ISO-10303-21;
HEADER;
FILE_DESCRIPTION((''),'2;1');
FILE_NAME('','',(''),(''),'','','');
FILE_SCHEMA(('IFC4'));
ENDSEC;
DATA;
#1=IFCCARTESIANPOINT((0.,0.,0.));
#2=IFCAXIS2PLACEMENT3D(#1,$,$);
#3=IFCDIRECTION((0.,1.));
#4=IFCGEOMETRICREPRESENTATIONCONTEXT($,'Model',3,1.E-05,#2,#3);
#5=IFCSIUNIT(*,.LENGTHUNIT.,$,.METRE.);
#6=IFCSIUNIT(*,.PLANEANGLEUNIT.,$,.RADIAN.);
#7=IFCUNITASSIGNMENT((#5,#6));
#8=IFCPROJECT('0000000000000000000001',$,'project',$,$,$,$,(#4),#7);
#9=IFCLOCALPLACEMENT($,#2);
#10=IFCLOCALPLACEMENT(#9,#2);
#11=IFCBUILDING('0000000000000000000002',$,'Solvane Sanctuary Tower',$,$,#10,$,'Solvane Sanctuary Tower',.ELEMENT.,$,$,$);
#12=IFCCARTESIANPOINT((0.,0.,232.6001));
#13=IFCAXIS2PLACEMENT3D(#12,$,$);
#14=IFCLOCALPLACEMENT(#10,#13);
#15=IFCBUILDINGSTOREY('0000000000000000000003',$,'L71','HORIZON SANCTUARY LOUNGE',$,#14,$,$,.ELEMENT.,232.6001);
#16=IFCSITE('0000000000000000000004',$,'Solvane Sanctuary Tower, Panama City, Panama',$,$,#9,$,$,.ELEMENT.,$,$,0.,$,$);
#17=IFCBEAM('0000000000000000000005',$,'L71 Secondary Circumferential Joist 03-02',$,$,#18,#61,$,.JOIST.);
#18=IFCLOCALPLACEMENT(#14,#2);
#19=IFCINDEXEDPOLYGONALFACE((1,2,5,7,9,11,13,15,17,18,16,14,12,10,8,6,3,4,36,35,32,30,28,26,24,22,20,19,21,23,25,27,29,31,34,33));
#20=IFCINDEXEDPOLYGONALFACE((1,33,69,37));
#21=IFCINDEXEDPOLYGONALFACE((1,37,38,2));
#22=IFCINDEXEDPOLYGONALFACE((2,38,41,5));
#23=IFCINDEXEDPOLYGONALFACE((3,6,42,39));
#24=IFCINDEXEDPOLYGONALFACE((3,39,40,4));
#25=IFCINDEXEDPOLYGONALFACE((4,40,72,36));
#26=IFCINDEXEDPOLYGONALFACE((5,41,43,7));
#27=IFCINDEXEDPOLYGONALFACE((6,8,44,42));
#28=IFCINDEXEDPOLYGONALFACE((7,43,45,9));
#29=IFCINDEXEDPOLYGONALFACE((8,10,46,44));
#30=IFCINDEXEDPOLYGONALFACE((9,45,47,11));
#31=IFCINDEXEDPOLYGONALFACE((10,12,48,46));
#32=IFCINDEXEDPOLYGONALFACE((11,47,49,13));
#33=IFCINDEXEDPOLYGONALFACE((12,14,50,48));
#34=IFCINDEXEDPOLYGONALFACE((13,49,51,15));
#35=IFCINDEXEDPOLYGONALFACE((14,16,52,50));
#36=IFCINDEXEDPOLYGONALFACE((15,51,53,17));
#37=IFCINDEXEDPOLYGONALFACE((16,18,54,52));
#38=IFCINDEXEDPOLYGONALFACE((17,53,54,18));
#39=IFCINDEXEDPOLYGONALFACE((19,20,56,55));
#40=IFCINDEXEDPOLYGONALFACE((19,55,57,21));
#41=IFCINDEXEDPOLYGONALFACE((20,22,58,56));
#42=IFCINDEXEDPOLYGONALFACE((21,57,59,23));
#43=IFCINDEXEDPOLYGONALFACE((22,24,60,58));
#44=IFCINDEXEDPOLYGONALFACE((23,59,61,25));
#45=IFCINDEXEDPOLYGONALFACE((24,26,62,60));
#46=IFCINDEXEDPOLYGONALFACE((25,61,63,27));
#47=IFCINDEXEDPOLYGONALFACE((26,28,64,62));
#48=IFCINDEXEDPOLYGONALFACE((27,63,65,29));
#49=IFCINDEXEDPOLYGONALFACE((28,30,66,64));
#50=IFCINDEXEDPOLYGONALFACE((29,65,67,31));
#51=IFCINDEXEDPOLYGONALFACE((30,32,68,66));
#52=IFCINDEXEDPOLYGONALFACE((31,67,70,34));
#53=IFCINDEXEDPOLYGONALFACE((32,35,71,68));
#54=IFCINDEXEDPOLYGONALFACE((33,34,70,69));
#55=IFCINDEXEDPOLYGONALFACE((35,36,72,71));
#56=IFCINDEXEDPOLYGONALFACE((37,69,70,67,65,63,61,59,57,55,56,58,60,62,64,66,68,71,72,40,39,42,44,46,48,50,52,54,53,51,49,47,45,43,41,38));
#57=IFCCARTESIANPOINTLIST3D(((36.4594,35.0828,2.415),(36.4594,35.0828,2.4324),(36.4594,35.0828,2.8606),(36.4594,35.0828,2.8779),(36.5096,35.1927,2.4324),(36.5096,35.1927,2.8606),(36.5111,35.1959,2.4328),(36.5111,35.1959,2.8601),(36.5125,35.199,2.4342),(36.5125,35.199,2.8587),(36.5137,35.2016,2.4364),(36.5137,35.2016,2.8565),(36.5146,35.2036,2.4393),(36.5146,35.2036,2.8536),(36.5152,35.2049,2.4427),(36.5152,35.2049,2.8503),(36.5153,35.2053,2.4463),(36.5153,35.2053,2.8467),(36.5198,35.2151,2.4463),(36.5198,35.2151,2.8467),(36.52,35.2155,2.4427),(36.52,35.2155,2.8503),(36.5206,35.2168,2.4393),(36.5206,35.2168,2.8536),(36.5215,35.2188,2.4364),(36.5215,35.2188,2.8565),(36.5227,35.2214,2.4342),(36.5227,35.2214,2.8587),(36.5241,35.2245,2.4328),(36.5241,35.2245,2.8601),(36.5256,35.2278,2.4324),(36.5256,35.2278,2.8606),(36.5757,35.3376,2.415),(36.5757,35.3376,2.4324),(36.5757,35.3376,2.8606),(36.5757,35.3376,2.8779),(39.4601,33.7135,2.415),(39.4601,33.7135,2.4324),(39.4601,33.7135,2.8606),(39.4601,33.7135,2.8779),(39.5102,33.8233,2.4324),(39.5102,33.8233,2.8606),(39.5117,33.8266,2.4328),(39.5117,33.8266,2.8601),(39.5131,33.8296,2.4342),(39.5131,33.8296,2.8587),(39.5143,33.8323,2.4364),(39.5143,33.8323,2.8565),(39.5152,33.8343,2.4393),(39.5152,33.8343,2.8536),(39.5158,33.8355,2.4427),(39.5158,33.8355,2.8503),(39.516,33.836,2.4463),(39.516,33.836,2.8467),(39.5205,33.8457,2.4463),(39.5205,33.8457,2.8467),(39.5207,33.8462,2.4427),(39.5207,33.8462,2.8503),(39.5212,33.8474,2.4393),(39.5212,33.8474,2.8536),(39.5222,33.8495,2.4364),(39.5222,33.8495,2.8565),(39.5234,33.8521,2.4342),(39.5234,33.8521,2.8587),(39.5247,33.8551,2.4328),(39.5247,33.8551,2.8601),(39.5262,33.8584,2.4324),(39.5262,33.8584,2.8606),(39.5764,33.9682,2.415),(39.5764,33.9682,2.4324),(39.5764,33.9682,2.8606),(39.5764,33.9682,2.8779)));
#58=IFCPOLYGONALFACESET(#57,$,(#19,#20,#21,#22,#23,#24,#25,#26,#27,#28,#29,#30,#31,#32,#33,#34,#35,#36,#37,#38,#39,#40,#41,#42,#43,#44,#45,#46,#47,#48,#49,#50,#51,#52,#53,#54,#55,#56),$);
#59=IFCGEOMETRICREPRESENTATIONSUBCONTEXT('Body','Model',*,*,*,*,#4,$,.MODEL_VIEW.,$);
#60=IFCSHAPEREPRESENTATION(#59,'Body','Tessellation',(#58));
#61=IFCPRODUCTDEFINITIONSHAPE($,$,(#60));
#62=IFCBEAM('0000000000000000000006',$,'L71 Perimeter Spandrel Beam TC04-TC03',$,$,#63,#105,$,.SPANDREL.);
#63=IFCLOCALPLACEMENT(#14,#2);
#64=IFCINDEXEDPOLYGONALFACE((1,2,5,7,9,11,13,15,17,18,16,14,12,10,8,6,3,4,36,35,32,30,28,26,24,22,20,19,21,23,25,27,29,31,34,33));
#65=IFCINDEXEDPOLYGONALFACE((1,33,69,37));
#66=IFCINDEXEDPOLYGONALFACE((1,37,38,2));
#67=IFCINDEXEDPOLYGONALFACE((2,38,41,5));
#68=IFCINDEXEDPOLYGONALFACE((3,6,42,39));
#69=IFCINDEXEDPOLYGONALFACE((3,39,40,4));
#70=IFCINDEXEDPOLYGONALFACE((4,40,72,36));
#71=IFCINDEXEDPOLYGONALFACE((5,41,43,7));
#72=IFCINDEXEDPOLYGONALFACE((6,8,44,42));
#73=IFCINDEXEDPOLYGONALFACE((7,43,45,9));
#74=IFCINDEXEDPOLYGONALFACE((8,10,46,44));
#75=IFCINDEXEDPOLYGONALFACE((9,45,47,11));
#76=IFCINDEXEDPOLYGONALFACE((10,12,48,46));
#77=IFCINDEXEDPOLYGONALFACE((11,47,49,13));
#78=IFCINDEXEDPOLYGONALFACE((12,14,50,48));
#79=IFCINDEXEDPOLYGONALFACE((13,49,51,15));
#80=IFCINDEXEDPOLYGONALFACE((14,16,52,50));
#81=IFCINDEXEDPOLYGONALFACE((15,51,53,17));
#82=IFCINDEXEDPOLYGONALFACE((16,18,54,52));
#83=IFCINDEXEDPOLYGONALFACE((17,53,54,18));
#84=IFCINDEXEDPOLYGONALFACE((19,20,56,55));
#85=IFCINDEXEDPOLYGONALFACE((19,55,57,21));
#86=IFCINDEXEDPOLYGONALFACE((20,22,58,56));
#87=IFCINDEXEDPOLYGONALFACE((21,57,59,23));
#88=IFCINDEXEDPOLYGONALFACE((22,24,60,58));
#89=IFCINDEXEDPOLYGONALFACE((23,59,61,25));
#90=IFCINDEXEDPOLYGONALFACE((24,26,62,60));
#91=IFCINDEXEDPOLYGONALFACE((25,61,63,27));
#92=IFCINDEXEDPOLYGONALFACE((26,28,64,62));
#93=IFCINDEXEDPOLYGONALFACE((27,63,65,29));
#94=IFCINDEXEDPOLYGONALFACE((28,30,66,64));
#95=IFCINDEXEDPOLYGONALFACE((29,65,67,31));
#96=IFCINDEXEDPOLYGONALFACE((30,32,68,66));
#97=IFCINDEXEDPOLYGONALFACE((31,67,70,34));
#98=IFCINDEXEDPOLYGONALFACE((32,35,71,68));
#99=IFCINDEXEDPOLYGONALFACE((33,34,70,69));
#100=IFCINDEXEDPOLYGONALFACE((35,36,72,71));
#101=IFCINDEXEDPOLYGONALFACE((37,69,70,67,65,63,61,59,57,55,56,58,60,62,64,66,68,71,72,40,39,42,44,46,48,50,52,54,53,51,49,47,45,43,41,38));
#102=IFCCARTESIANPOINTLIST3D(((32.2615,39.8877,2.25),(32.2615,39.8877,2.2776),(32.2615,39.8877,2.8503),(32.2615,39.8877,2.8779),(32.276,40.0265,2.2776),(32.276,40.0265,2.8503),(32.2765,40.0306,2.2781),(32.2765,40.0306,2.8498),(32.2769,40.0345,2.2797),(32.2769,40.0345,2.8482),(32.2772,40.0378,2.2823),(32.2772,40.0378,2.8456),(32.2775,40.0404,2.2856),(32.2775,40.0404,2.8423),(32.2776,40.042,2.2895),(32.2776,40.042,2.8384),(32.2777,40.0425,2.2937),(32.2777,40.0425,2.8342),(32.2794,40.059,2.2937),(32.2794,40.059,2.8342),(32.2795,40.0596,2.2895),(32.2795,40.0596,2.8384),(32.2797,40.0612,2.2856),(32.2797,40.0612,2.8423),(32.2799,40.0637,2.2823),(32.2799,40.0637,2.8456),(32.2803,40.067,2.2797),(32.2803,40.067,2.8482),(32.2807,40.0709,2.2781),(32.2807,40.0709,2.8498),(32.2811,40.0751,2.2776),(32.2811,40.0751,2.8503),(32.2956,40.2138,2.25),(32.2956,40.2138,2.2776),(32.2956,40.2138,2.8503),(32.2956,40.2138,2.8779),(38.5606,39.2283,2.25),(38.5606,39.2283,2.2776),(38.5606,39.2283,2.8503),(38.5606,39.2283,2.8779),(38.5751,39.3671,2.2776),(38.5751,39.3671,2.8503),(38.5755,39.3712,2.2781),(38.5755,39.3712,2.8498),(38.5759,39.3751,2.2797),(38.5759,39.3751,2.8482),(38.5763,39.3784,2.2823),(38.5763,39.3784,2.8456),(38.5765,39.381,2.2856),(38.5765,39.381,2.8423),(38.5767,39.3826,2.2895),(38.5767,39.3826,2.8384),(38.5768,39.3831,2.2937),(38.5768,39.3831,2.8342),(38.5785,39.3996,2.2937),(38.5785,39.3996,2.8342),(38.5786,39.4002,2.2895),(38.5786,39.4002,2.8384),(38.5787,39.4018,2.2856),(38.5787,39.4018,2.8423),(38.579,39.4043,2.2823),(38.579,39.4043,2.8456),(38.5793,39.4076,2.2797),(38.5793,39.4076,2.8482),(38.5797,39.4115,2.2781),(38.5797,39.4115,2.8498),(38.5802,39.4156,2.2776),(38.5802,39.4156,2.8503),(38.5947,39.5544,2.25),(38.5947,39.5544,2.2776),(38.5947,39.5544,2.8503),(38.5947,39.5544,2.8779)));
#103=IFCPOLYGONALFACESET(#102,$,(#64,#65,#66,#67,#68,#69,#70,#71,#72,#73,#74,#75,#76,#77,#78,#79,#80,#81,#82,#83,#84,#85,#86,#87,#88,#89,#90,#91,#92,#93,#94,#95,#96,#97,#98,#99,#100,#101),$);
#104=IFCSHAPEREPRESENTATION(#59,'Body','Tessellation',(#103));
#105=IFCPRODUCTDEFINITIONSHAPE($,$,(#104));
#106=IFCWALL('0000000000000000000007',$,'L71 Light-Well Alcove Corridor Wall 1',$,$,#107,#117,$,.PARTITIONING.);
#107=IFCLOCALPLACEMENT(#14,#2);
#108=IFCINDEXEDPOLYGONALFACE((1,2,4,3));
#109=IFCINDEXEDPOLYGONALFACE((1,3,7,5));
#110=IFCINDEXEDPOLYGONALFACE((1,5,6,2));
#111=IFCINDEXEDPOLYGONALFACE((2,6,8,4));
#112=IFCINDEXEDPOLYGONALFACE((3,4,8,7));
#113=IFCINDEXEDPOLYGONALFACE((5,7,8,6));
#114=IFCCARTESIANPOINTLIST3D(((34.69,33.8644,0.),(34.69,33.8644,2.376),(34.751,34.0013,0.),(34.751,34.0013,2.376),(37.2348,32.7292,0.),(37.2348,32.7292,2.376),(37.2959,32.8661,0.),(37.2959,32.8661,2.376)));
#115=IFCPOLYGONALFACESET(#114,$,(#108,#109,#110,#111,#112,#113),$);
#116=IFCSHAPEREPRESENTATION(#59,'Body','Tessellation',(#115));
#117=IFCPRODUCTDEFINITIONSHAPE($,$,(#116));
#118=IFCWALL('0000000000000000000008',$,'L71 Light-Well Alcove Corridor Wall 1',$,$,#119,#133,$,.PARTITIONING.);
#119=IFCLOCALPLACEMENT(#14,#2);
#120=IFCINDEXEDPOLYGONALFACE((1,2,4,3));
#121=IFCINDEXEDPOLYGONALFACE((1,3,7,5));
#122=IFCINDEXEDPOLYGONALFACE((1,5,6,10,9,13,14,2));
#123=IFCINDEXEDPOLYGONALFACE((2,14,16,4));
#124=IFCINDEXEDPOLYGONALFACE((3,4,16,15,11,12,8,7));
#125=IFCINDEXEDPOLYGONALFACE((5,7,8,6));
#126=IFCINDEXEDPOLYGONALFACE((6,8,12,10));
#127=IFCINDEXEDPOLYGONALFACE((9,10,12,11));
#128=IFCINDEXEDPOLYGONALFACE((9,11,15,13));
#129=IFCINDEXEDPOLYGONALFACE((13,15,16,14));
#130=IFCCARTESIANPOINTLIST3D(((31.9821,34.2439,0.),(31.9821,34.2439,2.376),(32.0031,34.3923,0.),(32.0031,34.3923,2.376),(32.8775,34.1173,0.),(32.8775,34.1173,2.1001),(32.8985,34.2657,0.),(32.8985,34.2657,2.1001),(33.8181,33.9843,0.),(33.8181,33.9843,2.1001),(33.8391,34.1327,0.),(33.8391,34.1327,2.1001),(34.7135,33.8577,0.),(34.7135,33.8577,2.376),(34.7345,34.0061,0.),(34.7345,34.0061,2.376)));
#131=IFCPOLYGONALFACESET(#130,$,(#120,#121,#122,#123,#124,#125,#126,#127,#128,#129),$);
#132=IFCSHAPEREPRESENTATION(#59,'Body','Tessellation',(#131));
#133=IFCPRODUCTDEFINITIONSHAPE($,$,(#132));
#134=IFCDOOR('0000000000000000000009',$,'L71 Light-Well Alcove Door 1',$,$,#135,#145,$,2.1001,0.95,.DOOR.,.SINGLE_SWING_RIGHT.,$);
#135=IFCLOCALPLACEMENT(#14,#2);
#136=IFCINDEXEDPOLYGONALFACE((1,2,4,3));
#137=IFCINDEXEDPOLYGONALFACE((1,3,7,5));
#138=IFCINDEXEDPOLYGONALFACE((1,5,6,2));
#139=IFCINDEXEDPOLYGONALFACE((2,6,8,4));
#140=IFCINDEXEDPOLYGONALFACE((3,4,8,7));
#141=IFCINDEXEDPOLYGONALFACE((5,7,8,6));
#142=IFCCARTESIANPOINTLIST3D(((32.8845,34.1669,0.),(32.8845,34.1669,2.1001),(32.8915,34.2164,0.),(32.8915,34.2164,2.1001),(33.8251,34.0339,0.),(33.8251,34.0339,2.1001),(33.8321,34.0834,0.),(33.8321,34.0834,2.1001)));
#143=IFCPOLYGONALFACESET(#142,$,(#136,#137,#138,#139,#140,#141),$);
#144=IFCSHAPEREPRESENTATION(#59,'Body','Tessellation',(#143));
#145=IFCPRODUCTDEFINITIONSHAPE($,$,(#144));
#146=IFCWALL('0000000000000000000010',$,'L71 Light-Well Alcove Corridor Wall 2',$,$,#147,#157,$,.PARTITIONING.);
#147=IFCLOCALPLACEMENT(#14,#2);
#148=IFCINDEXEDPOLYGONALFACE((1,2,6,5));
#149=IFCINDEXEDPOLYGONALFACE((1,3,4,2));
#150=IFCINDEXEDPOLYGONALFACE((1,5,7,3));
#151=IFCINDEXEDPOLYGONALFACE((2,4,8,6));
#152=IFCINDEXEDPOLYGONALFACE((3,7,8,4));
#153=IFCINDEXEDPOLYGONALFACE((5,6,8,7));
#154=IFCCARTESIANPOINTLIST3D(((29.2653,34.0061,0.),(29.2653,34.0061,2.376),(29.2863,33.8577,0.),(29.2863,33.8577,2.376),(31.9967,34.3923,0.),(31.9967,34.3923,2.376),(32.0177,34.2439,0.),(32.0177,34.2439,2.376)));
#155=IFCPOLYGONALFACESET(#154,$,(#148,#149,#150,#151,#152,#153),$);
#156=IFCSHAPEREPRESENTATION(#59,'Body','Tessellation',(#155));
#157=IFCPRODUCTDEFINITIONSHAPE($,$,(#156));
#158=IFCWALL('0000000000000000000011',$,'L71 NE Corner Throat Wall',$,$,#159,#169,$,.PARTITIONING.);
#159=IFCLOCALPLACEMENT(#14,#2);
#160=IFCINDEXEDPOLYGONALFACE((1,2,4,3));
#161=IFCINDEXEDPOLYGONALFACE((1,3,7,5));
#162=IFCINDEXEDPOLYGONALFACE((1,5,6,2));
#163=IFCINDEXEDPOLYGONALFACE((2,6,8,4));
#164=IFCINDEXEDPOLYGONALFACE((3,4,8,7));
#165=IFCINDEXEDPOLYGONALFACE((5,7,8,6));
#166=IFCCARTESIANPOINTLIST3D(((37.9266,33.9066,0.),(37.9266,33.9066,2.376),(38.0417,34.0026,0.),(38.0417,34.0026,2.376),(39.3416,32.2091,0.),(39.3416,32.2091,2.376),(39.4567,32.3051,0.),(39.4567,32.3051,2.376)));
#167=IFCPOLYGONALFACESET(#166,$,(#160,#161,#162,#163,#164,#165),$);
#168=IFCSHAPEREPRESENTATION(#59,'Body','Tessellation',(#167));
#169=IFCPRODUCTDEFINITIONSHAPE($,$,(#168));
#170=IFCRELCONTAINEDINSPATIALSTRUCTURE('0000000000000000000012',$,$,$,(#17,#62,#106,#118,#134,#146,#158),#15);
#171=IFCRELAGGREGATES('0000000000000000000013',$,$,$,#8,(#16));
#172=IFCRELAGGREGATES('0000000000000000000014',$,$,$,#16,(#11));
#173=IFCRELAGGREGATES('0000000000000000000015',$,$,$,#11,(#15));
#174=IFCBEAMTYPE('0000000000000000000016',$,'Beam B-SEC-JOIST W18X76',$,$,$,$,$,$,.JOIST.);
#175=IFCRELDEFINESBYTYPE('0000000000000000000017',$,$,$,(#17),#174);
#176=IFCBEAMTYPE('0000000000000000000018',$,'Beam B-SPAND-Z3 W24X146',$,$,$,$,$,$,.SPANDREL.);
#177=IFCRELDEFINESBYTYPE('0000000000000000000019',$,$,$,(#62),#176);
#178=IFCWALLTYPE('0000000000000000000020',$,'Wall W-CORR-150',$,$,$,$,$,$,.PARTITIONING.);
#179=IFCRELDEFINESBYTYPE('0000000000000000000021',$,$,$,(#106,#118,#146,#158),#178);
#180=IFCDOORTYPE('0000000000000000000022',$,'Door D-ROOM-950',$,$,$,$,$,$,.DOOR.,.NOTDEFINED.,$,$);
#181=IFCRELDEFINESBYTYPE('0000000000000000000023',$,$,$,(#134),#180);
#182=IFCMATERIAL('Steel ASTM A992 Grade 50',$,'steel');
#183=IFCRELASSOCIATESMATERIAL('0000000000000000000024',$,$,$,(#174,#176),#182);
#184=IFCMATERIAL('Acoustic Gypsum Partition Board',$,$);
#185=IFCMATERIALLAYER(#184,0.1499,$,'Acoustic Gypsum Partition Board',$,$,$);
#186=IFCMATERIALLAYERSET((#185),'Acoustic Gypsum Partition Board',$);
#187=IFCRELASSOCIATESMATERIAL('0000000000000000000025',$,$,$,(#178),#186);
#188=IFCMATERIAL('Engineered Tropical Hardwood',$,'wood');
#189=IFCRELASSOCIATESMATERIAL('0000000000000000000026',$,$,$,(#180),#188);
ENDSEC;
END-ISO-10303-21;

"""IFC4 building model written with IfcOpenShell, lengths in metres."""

from ifc_helpers import new_model, si_unit, direction, frame, frame_2d, origin, origin_2d, place, context, subcontext, project, spatial, rectangle, i_section, extrude, material, layer, layer_set, material_profile, profile_set, type_object, element, fill, save


model = new_model("IFC4")

# Units and contexts
model_context = context("Model", 3, precision=1e-05, world=origin(), true_north=direction((0.0, 1.0)))
body_context = subcontext(model_context, "Body", "Model", "MODEL_VIEW")
ifc_project = project(units=[si_unit("LENGTHUNIT", "METRE"), si_unit("PLANEANGLEUNIT", "RADIAN")], contexts=[model_context])

# Site, building, storey
site_placement = place(None, origin())
site = spatial("IfcSite", under=ifc_project, at=site_placement, Name="Solvane Sanctuary Tower, Panama City, Panama", CompositionType="ELEMENT", RefElevation=0.0)
building_placement = place(site_placement, origin())
building = spatial("IfcBuilding", under=site, at=building_placement, Name="Solvane Sanctuary Tower", LongName="Solvane Sanctuary Tower", CompositionType="ELEMENT")
storey_placement = place(building_placement, frame((0.0, 0.0, 232.6001)))
storey = spatial("IfcBuildingStorey", under=building, at=storey_placement, Name="L71", Description="HORIZON SANCTUARY LOUNGE", CompositionType="ELEMENT", Elevation=232.6001)

# Beams
ifc_material_1 = material(Name="Steel ASTM A992 Grade 50", Category="steel")
ifc_material_profile_1 = material_profile(ifc_material_1, i_section(OverallWidth=0.28, OverallDepth=0.4629, WebThickness=0.0107, FlangeThickness=0.0173, FilletRadius=0.0139, at=origin_2d()), Name="W18X76")
ifc_profile_set_1 = profile_set([ifc_material_profile_1], Name="Steel ASTM A992 Grade 50")
beam_type_1 = type_object("IfcBeamType", Name="Beam B-SEC-JOIST W18X76", PredefinedType="JOIST", material=ifc_profile_set_1)
beam_1_placement = place(storey_placement, frame((36.5176, 35.2102, 2.6465), z_axis=(0.909747, -0.415163, 0.0), x_axis=(0.415163, 0.909747, 0.0)))
element("IfcBeam", 1, at=beam_1_placement, inside=storey, type_object=beam_type_1, Name="L71 Secondary Circumferential Joist 03-02", PredefinedType="JOIST", context=body_context, shape_type="SweptSolid", body=[
    extrude(i_section(OverallWidth=0.28, OverallDepth=0.4629, WebThickness=0.0107, FlangeThickness=0.0173, FilletRadius=0.0139, at=origin_2d()), origin(), (0.0, 0.0, 1.0), 3.2983),
])
ifc_material_profile_2 = material_profile(ifc_material_1, i_section(OverallWidth=0.3279, OverallDepth=0.6279, WebThickness=0.0166, FlangeThickness=0.0276, FilletRadius=0.0161, at=origin_2d()), Name="W24X146")
ifc_profile_set_2 = profile_set([ifc_material_profile_2], Name="Steel ASTM A992 Grade 50")
beam_type_2 = type_object("IfcBeamType", Name="Beam B-SPAND-Z3 W24X146", PredefinedType="SPANDREL", material=ifc_profile_set_2)
beam_2_placement = place(storey_placement, frame((32.2786, 40.0508, 2.564), z_axis=(0.994565, -0.104117, 0.0), x_axis=(0.104117, 0.994565, 0.0)))
element("IfcBeam", 2, at=beam_2_placement, inside=storey, type_object=beam_type_2, Name="L71 Perimeter Spandrel Beam TC04-TC03", PredefinedType="SPANDREL", context=body_context, shape_type="SweptSolid", body=[
    extrude(i_section(OverallWidth=0.3279, OverallDepth=0.6279, WebThickness=0.0166, FlangeThickness=0.0276, FilletRadius=0.0161, at=origin_2d()), origin(), (0.0, 0.0, 1.0), 6.3335),
])

# Wall
ifc_material_2 = material(Name="Acoustic Gypsum Partition Board")
ifc_layer_1 = layer(ifc_material_2, 0.1499, Name="Acoustic Gypsum Partition Board")
ifc_layer_set_1 = layer_set([ifc_layer_1], Name="Acoustic Gypsum Partition Board")
wall_type_1 = type_object("IfcWallType", Name="Wall W-CORR-150", PredefinedType="PARTITIONING", material=ifc_layer_set_1)
wall_1_placement = place(storey_placement, frame((37.2654, 32.7976, 0.0), z_axis=(0.0, 0.0, 1.0), x_axis=(-0.913254, 0.40739, 0.0)))
element("IfcWall", 3, at=wall_1_placement, inside=storey, type_object=wall_type_1, Name="L71 Light-Well Alcove Corridor Wall 1", PredefinedType="PARTITIONING", context=body_context, shape_type="SweptSolid", body=[
    extrude(rectangle(XDim=2.7866, YDim=0.1499, at=frame_2d((1.3933, 0.0))), origin(), (0.0, 0.0, 1.0), 2.376),
])

# Wall, opening, door
wall_2_placement = place(storey_placement, frame((34.7241, 33.9319, 0.0), z_axis=(0.0, 0.0, 1.0), x_axis=(-0.99015, 0.140009, 0.0)))
wall_2 = element("IfcWall", 4, at=wall_2_placement, inside=storey, type_object=wall_type_1, Name="L71 Light-Well Alcove Corridor Wall 1", PredefinedType="PARTITIONING", context=body_context, shape_type="SweptSolid", body=[
    extrude(rectangle(XDim=2.7585, YDim=0.1499, at=frame_2d((1.3794, 0.0))), origin(), (0.0, 0.0, 1.0), 2.376),
])
opening_1_placement = place(wall_2_placement, frame((0.9043, 0.0, 0.0)))
opening_1 = element("IfcOpeningElement", 5, at=opening_1_placement, cuts=wall_2, PredefinedType="OPENING", context=body_context, shape_type="SweptSolid", body=[
    extrude(rectangle(XDim=0.95, YDim=2.1001, at=frame_2d((0.4751, 1.05))), frame((0.0, 0.085, 0.0), z_axis=(0.0, -1.0, 0.0), x_axis=(1.0, 0.0, 0.0)), (0.0, 0.0, 1.0), 0.1699),
])
ifc_material_3 = material(Name="Engineered Tropical Hardwood", Category="wood")
door_type_1 = type_object("IfcDoorType", Name="Door D-ROOM-950", OperationType="NOTDEFINED", PredefinedType="DOOR", material=ifc_material_3)
door_1_placement = place(opening_1_placement, origin())
door_1 = element("IfcDoor", 6, at=door_1_placement, inside=storey, type_object=door_type_1, Name="L71 Light-Well Alcove Door 1", OperationType="SINGLE_SWING_RIGHT", OverallHeight=2.1001, OverallWidth=0.95, PredefinedType="DOOR", context=body_context, shape_type="SweptSolid", body=[
    extrude(rectangle(XDim=0.95, YDim=2.1001, at=frame_2d((0.4751, 1.05))), frame((0.0, 0.0249, 0.0), z_axis=(0.0, -1.0, 0.0), x_axis=(1.0, 0.0, 0.0)), (0.0, 0.0, 1.0), 0.05),
])
fill(opening_1, door_1)

# Walls
wall_3_placement = place(storey_placement, frame((32.0073, 34.3181, 0.0), z_axis=(0.0, 0.0, 1.0), x_axis=(-0.99015, -0.140009, 0.0)))
element("IfcWall", 7, at=wall_3_placement, inside=storey, type_object=wall_type_1, Name="L71 Light-Well Alcove Corridor Wall 2", PredefinedType="PARTITIONING", context=body_context, shape_type="SweptSolid", body=[
    extrude(rectangle(XDim=2.7585, YDim=0.1499, at=frame_2d((1.3794, 0.0))), origin(), (0.0, 0.0, 1.0), 2.376),
])
wall_4_placement = place(storey_placement, frame((37.9841, 33.9546, 0.0), z_axis=(0.0, 0.0, 1.0), x_axis=(0.640304, -0.768122, 0.0)))
element("IfcWall", 8, at=wall_4_placement, inside=storey, type_object=wall_type_1, Name="L71 NE Corner Throat Wall", PredefinedType="PARTITIONING", context=body_context, shape_type="SweptSolid", body=[
    extrude(rectangle(XDim=2.21, YDim=0.1499, at=frame_2d((1.105, 0.0))), origin(), (0.0, 0.0, 1.0), 2.376),
])

save(model, "model.ifc")
